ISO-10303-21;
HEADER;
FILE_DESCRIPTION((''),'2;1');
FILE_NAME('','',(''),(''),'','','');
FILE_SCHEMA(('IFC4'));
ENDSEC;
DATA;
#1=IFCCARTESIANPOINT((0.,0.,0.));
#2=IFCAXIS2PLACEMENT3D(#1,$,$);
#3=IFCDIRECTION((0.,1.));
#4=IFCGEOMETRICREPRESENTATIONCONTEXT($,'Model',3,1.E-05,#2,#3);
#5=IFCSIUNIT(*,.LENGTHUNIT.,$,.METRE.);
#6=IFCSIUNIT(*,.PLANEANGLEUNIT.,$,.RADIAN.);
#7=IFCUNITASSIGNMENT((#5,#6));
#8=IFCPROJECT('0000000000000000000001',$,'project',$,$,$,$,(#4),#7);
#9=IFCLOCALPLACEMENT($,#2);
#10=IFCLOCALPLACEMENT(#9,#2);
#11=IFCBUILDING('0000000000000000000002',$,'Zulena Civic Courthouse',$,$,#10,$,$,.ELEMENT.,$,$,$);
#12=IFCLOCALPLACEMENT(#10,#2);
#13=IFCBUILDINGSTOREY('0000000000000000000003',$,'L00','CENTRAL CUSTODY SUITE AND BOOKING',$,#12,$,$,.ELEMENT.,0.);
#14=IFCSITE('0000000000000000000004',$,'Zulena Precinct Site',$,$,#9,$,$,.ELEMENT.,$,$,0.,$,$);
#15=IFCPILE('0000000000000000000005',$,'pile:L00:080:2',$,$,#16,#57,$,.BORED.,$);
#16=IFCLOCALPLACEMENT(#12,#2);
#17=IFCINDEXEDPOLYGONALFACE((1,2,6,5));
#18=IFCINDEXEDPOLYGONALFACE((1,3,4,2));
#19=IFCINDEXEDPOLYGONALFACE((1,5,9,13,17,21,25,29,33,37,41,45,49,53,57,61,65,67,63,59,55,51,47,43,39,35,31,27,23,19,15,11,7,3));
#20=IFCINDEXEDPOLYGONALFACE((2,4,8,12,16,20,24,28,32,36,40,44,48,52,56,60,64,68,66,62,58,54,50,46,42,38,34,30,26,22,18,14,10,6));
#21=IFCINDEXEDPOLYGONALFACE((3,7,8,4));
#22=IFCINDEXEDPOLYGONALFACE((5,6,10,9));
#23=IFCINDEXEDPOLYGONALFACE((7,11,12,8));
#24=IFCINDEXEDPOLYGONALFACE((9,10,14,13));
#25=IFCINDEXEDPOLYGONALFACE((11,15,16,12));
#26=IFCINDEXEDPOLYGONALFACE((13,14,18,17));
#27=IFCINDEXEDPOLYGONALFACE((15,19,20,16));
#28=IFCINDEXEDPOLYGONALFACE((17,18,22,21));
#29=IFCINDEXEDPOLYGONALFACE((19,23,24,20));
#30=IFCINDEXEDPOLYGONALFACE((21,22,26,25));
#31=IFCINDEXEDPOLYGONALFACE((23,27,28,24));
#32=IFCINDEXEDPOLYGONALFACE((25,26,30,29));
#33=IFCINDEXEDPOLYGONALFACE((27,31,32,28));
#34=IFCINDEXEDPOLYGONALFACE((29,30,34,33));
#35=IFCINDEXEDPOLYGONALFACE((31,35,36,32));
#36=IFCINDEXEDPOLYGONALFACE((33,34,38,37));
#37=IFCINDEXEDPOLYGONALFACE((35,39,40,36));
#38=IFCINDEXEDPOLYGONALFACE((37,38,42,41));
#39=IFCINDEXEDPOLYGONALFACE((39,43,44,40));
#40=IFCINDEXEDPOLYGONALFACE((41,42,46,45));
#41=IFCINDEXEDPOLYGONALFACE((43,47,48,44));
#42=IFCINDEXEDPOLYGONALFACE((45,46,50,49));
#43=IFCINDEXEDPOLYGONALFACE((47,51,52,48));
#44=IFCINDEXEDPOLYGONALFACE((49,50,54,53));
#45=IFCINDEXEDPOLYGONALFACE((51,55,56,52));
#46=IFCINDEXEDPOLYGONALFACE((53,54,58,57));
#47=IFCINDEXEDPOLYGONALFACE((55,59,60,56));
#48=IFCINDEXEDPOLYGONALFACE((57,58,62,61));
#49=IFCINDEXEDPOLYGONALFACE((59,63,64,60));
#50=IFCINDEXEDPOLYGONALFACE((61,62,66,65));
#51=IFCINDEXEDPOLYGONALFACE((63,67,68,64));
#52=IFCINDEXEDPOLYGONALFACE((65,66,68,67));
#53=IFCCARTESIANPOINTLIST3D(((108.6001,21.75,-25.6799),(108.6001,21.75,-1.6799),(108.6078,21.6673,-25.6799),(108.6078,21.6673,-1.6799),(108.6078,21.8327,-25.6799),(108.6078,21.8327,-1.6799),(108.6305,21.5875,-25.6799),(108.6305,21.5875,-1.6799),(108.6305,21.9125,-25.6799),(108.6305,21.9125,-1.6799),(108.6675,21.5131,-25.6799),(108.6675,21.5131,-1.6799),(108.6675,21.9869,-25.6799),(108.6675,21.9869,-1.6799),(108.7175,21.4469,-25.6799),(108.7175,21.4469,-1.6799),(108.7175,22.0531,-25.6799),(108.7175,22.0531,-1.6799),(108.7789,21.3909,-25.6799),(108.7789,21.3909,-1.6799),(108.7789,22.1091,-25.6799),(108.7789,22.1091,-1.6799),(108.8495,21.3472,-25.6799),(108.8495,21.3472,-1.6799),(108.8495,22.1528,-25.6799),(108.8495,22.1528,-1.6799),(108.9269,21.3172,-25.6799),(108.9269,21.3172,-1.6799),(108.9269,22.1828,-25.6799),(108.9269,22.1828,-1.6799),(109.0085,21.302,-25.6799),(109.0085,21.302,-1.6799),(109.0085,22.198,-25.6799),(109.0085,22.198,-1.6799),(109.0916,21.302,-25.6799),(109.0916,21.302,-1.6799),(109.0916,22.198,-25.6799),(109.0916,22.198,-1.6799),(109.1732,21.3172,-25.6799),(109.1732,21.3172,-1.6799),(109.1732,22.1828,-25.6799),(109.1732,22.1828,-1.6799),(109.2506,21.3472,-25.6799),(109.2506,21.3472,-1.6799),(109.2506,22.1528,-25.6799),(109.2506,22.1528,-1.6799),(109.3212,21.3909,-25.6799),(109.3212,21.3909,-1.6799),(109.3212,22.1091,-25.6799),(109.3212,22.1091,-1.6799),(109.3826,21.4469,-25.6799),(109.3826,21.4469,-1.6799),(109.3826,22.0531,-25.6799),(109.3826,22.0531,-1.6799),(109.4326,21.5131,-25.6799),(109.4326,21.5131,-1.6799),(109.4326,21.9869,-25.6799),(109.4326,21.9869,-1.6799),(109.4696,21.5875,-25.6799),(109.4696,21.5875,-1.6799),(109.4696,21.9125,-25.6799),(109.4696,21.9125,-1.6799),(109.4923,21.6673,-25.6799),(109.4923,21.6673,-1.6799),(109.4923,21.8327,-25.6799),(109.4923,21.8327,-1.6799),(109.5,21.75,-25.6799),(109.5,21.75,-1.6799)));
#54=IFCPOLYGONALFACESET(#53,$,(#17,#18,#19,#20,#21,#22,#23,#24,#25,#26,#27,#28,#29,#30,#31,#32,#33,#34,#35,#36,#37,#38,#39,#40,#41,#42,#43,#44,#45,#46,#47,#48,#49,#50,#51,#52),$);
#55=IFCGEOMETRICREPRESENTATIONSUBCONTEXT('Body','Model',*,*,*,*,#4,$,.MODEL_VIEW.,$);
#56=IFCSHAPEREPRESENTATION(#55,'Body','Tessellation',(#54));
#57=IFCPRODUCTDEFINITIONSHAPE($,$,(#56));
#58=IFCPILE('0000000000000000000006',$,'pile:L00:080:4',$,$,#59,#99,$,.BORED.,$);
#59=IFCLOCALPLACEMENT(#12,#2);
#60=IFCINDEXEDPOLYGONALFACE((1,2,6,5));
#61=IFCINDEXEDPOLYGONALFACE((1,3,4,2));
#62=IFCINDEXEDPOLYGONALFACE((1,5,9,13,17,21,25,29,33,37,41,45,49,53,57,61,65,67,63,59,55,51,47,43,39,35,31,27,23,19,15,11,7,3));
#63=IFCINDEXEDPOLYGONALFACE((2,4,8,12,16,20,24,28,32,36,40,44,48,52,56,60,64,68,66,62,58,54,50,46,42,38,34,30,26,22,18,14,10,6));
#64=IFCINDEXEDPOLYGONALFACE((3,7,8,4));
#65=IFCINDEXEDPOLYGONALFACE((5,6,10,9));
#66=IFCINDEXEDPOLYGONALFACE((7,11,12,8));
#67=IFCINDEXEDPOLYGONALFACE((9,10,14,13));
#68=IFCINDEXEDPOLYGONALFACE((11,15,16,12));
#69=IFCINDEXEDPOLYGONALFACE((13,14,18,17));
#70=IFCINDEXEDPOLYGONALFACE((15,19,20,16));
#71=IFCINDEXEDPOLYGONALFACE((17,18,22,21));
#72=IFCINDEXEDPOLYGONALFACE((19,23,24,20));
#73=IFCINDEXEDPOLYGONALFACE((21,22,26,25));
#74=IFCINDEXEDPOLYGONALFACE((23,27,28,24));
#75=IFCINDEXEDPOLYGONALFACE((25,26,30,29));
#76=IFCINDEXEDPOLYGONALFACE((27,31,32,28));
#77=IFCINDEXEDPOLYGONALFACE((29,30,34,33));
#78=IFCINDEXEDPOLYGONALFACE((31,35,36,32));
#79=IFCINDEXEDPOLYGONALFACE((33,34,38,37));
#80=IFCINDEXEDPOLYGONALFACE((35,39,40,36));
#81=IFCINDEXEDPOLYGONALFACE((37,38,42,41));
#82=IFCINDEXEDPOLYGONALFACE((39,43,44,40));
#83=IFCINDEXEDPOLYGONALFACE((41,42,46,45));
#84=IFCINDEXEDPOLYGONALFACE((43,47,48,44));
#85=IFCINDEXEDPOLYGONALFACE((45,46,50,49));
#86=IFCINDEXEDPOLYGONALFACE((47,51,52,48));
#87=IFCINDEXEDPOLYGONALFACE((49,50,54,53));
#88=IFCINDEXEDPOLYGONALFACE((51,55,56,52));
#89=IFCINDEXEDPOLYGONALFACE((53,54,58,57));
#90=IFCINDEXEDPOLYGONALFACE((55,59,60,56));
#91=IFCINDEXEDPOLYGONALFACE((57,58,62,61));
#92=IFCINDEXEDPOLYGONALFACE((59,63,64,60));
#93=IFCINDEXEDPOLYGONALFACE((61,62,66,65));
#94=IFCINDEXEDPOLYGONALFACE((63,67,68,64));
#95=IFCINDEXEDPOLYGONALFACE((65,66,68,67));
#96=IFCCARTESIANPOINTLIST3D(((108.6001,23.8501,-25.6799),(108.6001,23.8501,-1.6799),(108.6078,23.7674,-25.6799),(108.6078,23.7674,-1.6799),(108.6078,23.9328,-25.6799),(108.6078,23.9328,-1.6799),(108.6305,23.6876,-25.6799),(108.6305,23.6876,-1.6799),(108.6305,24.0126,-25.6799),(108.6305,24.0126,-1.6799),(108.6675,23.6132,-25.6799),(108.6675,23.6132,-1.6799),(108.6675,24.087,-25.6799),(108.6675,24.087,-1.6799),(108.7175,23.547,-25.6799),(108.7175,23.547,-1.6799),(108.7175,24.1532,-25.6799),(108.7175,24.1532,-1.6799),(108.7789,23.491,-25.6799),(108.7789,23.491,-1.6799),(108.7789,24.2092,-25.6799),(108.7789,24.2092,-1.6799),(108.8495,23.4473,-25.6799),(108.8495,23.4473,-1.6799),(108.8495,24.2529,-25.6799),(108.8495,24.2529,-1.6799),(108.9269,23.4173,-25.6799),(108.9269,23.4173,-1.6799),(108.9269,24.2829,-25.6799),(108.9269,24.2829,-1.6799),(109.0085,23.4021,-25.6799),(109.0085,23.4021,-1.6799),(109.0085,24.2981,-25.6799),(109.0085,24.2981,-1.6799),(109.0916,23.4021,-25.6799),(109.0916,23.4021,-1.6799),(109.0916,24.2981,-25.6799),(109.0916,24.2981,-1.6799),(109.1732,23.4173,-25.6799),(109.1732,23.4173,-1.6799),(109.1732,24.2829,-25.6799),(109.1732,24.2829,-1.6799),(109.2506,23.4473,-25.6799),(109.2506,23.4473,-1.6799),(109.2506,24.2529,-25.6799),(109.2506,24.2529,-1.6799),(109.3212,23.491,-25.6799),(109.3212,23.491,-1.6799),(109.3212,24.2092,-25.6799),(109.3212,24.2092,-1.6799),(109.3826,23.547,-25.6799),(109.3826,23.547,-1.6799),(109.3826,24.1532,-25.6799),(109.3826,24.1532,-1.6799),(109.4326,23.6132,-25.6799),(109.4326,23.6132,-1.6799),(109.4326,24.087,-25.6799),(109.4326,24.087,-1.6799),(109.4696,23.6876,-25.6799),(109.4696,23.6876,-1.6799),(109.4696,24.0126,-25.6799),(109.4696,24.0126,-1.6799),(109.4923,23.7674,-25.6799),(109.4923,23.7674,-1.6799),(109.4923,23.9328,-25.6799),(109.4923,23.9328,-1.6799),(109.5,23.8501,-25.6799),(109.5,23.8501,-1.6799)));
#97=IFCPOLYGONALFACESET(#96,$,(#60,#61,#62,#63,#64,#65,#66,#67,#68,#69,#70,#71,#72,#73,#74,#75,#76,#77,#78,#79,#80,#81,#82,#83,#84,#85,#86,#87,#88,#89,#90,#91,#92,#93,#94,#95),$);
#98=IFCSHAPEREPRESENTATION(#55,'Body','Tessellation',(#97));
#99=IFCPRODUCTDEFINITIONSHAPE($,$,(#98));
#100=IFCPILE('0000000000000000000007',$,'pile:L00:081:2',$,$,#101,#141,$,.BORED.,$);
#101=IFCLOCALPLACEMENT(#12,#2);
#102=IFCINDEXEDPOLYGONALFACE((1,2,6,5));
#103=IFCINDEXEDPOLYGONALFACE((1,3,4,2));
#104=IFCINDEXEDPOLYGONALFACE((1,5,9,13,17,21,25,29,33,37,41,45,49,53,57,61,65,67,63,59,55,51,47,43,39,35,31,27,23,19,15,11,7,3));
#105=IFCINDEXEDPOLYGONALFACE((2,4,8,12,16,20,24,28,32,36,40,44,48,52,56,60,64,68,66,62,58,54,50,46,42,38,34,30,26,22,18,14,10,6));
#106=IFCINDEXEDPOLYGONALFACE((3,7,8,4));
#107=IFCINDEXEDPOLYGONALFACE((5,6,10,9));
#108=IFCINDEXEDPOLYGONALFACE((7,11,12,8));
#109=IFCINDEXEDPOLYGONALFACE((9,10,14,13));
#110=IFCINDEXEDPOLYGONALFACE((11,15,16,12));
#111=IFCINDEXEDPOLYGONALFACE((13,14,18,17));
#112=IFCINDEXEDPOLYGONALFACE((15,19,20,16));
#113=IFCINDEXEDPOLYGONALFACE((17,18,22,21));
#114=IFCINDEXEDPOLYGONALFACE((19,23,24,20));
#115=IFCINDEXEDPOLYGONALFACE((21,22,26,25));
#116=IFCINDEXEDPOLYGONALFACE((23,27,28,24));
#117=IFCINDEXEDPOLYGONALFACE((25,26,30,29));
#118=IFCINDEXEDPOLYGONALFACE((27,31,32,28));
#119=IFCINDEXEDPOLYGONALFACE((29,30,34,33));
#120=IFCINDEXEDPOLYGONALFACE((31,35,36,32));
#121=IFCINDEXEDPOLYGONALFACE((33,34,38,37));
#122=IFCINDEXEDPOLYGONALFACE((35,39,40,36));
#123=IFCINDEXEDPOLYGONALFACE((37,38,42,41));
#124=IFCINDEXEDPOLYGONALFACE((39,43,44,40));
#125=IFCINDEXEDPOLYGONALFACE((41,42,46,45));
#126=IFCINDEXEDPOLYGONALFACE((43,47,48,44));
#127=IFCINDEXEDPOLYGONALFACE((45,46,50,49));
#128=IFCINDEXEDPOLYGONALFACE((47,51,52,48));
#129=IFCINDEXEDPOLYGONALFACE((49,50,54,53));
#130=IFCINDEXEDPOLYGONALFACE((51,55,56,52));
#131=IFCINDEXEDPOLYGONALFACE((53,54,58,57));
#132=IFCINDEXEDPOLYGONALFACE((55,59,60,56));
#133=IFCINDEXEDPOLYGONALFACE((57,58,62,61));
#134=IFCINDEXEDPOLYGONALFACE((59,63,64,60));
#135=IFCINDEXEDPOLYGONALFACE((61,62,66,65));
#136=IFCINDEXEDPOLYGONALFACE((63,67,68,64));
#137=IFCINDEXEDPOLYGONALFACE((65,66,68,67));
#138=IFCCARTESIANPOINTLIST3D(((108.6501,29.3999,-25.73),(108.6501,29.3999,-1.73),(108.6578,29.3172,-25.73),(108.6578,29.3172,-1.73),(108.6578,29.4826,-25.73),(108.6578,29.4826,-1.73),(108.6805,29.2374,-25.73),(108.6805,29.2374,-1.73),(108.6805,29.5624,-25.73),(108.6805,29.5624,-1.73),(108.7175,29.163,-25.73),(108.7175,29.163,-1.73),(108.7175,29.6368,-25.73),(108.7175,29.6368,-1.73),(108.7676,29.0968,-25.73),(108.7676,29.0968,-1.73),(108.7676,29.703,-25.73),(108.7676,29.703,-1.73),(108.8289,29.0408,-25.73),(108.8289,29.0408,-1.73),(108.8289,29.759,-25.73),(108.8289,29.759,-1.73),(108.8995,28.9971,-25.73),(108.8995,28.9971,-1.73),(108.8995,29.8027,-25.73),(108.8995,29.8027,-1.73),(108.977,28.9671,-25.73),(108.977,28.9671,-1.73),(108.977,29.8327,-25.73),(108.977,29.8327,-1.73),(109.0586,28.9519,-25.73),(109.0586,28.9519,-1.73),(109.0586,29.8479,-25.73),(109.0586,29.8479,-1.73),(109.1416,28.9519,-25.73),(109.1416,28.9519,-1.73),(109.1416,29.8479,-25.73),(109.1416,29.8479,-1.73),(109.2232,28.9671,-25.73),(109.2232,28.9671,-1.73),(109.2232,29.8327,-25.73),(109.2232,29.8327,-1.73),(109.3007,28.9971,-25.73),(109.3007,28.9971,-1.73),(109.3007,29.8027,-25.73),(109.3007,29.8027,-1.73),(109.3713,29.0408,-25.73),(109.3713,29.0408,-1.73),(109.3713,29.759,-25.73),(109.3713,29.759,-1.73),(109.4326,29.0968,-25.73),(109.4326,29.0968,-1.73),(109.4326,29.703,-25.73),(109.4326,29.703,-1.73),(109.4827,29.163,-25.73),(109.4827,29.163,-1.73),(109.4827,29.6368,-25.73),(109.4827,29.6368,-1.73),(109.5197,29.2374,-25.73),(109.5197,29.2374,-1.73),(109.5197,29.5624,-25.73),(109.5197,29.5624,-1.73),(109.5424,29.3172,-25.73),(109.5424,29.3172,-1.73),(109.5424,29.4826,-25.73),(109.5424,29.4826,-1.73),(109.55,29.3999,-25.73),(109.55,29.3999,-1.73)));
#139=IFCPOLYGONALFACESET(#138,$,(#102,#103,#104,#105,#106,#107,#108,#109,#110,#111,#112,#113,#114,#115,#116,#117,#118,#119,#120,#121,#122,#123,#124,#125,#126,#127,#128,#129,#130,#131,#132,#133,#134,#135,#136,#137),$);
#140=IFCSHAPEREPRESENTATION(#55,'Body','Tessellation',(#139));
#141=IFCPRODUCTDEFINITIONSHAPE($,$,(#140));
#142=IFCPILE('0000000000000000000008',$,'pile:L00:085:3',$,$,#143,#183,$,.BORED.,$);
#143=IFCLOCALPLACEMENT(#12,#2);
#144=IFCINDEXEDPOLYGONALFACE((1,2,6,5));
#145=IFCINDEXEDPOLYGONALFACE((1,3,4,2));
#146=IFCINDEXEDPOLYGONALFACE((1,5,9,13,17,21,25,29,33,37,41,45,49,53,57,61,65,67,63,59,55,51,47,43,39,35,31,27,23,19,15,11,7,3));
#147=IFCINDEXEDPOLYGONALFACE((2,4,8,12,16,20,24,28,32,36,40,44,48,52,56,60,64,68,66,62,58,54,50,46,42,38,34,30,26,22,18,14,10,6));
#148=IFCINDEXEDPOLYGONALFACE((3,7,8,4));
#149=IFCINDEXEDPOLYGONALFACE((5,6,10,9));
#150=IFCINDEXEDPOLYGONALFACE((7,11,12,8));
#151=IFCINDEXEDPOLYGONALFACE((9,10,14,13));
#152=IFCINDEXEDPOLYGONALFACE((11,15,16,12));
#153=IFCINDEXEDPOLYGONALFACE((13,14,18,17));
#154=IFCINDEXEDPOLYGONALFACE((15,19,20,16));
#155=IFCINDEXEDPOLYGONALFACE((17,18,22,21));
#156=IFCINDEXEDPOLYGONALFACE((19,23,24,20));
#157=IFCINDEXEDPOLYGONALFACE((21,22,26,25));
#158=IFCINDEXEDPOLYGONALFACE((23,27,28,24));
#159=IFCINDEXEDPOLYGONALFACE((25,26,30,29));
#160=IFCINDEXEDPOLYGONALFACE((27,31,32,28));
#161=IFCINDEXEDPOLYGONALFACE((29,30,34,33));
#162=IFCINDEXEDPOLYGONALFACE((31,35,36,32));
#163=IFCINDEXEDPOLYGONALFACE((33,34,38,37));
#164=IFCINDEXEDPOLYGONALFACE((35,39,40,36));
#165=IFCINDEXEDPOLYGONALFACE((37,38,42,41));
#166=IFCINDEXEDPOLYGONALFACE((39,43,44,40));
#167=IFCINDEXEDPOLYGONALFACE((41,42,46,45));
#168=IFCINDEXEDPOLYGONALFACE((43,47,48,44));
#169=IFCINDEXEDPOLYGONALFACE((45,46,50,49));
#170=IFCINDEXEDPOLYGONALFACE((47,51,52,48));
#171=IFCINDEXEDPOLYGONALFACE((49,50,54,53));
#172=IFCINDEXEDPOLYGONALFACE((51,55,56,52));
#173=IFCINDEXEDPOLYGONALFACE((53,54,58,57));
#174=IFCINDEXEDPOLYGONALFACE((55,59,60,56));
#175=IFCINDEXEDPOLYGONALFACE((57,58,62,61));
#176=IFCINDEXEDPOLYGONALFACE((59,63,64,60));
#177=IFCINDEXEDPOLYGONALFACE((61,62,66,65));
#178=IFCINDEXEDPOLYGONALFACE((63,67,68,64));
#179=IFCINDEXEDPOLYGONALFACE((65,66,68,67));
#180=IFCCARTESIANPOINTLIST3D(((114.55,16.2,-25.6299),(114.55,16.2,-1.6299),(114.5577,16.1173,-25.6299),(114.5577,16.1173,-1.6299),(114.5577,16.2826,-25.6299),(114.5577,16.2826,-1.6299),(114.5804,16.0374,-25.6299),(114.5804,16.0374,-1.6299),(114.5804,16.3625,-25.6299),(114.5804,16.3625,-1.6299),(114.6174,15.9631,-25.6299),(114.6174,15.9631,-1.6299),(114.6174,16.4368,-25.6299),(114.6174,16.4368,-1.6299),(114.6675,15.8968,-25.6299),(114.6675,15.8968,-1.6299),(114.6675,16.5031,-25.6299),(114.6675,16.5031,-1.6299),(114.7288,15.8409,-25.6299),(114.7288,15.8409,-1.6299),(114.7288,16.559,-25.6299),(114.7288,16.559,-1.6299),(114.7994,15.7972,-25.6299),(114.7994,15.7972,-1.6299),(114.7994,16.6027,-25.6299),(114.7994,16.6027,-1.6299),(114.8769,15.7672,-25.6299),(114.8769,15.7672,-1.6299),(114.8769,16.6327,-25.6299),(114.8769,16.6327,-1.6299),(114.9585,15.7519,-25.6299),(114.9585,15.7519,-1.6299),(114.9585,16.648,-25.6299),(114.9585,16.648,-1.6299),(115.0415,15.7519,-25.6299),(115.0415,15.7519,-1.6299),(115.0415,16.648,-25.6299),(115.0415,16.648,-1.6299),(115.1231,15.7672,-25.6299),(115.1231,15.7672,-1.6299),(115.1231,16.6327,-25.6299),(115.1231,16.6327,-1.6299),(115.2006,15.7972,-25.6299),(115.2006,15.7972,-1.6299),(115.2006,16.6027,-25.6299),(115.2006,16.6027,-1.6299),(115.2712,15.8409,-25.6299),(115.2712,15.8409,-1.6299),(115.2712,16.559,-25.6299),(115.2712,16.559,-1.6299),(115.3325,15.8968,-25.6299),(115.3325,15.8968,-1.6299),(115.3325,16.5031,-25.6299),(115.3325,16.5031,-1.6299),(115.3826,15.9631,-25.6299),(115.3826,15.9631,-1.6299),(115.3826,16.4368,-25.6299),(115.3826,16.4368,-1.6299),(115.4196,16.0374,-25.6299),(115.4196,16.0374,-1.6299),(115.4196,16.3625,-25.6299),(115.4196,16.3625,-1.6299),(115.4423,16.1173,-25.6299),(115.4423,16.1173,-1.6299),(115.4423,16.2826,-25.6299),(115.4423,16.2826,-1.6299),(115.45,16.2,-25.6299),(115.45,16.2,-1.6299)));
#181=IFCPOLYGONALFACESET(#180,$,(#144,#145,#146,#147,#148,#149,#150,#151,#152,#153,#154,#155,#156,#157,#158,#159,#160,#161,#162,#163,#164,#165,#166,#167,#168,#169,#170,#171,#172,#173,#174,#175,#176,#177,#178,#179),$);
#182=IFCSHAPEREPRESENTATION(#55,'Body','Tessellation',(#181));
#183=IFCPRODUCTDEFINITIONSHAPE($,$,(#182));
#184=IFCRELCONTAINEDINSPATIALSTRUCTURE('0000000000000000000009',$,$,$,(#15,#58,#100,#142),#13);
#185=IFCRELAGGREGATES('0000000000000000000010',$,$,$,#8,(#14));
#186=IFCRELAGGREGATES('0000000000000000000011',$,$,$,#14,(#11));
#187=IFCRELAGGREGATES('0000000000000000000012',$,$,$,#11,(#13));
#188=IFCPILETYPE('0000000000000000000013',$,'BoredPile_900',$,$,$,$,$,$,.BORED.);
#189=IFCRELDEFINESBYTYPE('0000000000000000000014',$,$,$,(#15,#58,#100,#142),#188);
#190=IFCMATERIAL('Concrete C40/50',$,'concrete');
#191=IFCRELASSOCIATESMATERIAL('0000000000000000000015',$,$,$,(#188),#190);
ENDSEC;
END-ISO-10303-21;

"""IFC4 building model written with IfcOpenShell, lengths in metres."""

from ifc_helpers import new_model, si_unit, direction, frame, origin, origin_2d, place, context, subcontext, project, spatial, circle, extrude, material, material_profile, profile_set, type_object, element, save


model = new_model("IFC4")

# Units and contexts
model_context = context("Model", 3, precision=1e-05, world=origin(), true_north=direction((0.0, 1.0)))
body_context = subcontext(model_context, "Body", "Model", "MODEL_VIEW")
ifc_project = project(units=[si_unit("LENGTHUNIT", "METRE"), si_unit("PLANEANGLEUNIT", "RADIAN")], contexts=[model_context])

# Site, building, storey
site_placement = place(None, origin())
site = spatial("IfcSite", under=ifc_project, at=site_placement, Name="Zulena Precinct Site", CompositionType="ELEMENT", RefElevation=0.0)
building_placement = place(site_placement, origin())
building = spatial("IfcBuilding", under=site, at=building_placement, Name="Zulena Civic Courthouse", CompositionType="ELEMENT")
storey_placement = place(building_placement, origin())
storey = spatial("IfcBuildingStorey", under=building, at=storey_placement, Name="L00", Description="CENTRAL CUSTODY SUITE AND BOOKING", CompositionType="ELEMENT", Elevation=0.0)

# Piles
ifc_material_1 = material(Name="Concrete C40/50", Category="concrete")
ifc_material_profile_1 = material_profile(ifc_material_1, circle(Radius=0.45, at=origin_2d()), Name="PILE900")
ifc_profile_set_1 = profile_set([ifc_material_profile_1], Name="Concrete C40/50")
pile_type_1 = type_object("IfcPileType", Name="BoredPile_900", PredefinedType="BORED", material=ifc_profile_set_1)
for number, where, z_axis, x_axis, name in (
    (1, (109.05, 21.75, -1.6799), (0.0, 0.0, -1.0), (1.0, 0.0, 0.0), "pile:L00:080:2"),
    (2, (109.05, 23.8501, -1.6799), (0.0, 0.0, -1.0), (1.0, 0.0, 0.0), "pile:L00:080:4"),
    (3, (109.1001, 29.3999, -1.73), (0.0, 0.0, -1.0), (1.0, 0.0, 0.0), "pile:L00:081:2"),
    (4, (115.0, 16.2, -1.6299), (0.0, 0.0, -1.0), (1.0, 0.0, 0.0), "pile:L00:085:3"),
):
    element("IfcPile", number, at=place(storey_placement, frame(where, z_axis=z_axis, x_axis=x_axis)), inside=storey, type_object=pile_type_1, Name=name, PredefinedType="BORED", context=body_context, shape_type="SweptSolid", body=[
        extrude(circle(Radius=0.45, at=origin_2d()), origin(), (0.0, 0.0, 1.0), 24.0),
    ])

save(model, "model.ifc")
